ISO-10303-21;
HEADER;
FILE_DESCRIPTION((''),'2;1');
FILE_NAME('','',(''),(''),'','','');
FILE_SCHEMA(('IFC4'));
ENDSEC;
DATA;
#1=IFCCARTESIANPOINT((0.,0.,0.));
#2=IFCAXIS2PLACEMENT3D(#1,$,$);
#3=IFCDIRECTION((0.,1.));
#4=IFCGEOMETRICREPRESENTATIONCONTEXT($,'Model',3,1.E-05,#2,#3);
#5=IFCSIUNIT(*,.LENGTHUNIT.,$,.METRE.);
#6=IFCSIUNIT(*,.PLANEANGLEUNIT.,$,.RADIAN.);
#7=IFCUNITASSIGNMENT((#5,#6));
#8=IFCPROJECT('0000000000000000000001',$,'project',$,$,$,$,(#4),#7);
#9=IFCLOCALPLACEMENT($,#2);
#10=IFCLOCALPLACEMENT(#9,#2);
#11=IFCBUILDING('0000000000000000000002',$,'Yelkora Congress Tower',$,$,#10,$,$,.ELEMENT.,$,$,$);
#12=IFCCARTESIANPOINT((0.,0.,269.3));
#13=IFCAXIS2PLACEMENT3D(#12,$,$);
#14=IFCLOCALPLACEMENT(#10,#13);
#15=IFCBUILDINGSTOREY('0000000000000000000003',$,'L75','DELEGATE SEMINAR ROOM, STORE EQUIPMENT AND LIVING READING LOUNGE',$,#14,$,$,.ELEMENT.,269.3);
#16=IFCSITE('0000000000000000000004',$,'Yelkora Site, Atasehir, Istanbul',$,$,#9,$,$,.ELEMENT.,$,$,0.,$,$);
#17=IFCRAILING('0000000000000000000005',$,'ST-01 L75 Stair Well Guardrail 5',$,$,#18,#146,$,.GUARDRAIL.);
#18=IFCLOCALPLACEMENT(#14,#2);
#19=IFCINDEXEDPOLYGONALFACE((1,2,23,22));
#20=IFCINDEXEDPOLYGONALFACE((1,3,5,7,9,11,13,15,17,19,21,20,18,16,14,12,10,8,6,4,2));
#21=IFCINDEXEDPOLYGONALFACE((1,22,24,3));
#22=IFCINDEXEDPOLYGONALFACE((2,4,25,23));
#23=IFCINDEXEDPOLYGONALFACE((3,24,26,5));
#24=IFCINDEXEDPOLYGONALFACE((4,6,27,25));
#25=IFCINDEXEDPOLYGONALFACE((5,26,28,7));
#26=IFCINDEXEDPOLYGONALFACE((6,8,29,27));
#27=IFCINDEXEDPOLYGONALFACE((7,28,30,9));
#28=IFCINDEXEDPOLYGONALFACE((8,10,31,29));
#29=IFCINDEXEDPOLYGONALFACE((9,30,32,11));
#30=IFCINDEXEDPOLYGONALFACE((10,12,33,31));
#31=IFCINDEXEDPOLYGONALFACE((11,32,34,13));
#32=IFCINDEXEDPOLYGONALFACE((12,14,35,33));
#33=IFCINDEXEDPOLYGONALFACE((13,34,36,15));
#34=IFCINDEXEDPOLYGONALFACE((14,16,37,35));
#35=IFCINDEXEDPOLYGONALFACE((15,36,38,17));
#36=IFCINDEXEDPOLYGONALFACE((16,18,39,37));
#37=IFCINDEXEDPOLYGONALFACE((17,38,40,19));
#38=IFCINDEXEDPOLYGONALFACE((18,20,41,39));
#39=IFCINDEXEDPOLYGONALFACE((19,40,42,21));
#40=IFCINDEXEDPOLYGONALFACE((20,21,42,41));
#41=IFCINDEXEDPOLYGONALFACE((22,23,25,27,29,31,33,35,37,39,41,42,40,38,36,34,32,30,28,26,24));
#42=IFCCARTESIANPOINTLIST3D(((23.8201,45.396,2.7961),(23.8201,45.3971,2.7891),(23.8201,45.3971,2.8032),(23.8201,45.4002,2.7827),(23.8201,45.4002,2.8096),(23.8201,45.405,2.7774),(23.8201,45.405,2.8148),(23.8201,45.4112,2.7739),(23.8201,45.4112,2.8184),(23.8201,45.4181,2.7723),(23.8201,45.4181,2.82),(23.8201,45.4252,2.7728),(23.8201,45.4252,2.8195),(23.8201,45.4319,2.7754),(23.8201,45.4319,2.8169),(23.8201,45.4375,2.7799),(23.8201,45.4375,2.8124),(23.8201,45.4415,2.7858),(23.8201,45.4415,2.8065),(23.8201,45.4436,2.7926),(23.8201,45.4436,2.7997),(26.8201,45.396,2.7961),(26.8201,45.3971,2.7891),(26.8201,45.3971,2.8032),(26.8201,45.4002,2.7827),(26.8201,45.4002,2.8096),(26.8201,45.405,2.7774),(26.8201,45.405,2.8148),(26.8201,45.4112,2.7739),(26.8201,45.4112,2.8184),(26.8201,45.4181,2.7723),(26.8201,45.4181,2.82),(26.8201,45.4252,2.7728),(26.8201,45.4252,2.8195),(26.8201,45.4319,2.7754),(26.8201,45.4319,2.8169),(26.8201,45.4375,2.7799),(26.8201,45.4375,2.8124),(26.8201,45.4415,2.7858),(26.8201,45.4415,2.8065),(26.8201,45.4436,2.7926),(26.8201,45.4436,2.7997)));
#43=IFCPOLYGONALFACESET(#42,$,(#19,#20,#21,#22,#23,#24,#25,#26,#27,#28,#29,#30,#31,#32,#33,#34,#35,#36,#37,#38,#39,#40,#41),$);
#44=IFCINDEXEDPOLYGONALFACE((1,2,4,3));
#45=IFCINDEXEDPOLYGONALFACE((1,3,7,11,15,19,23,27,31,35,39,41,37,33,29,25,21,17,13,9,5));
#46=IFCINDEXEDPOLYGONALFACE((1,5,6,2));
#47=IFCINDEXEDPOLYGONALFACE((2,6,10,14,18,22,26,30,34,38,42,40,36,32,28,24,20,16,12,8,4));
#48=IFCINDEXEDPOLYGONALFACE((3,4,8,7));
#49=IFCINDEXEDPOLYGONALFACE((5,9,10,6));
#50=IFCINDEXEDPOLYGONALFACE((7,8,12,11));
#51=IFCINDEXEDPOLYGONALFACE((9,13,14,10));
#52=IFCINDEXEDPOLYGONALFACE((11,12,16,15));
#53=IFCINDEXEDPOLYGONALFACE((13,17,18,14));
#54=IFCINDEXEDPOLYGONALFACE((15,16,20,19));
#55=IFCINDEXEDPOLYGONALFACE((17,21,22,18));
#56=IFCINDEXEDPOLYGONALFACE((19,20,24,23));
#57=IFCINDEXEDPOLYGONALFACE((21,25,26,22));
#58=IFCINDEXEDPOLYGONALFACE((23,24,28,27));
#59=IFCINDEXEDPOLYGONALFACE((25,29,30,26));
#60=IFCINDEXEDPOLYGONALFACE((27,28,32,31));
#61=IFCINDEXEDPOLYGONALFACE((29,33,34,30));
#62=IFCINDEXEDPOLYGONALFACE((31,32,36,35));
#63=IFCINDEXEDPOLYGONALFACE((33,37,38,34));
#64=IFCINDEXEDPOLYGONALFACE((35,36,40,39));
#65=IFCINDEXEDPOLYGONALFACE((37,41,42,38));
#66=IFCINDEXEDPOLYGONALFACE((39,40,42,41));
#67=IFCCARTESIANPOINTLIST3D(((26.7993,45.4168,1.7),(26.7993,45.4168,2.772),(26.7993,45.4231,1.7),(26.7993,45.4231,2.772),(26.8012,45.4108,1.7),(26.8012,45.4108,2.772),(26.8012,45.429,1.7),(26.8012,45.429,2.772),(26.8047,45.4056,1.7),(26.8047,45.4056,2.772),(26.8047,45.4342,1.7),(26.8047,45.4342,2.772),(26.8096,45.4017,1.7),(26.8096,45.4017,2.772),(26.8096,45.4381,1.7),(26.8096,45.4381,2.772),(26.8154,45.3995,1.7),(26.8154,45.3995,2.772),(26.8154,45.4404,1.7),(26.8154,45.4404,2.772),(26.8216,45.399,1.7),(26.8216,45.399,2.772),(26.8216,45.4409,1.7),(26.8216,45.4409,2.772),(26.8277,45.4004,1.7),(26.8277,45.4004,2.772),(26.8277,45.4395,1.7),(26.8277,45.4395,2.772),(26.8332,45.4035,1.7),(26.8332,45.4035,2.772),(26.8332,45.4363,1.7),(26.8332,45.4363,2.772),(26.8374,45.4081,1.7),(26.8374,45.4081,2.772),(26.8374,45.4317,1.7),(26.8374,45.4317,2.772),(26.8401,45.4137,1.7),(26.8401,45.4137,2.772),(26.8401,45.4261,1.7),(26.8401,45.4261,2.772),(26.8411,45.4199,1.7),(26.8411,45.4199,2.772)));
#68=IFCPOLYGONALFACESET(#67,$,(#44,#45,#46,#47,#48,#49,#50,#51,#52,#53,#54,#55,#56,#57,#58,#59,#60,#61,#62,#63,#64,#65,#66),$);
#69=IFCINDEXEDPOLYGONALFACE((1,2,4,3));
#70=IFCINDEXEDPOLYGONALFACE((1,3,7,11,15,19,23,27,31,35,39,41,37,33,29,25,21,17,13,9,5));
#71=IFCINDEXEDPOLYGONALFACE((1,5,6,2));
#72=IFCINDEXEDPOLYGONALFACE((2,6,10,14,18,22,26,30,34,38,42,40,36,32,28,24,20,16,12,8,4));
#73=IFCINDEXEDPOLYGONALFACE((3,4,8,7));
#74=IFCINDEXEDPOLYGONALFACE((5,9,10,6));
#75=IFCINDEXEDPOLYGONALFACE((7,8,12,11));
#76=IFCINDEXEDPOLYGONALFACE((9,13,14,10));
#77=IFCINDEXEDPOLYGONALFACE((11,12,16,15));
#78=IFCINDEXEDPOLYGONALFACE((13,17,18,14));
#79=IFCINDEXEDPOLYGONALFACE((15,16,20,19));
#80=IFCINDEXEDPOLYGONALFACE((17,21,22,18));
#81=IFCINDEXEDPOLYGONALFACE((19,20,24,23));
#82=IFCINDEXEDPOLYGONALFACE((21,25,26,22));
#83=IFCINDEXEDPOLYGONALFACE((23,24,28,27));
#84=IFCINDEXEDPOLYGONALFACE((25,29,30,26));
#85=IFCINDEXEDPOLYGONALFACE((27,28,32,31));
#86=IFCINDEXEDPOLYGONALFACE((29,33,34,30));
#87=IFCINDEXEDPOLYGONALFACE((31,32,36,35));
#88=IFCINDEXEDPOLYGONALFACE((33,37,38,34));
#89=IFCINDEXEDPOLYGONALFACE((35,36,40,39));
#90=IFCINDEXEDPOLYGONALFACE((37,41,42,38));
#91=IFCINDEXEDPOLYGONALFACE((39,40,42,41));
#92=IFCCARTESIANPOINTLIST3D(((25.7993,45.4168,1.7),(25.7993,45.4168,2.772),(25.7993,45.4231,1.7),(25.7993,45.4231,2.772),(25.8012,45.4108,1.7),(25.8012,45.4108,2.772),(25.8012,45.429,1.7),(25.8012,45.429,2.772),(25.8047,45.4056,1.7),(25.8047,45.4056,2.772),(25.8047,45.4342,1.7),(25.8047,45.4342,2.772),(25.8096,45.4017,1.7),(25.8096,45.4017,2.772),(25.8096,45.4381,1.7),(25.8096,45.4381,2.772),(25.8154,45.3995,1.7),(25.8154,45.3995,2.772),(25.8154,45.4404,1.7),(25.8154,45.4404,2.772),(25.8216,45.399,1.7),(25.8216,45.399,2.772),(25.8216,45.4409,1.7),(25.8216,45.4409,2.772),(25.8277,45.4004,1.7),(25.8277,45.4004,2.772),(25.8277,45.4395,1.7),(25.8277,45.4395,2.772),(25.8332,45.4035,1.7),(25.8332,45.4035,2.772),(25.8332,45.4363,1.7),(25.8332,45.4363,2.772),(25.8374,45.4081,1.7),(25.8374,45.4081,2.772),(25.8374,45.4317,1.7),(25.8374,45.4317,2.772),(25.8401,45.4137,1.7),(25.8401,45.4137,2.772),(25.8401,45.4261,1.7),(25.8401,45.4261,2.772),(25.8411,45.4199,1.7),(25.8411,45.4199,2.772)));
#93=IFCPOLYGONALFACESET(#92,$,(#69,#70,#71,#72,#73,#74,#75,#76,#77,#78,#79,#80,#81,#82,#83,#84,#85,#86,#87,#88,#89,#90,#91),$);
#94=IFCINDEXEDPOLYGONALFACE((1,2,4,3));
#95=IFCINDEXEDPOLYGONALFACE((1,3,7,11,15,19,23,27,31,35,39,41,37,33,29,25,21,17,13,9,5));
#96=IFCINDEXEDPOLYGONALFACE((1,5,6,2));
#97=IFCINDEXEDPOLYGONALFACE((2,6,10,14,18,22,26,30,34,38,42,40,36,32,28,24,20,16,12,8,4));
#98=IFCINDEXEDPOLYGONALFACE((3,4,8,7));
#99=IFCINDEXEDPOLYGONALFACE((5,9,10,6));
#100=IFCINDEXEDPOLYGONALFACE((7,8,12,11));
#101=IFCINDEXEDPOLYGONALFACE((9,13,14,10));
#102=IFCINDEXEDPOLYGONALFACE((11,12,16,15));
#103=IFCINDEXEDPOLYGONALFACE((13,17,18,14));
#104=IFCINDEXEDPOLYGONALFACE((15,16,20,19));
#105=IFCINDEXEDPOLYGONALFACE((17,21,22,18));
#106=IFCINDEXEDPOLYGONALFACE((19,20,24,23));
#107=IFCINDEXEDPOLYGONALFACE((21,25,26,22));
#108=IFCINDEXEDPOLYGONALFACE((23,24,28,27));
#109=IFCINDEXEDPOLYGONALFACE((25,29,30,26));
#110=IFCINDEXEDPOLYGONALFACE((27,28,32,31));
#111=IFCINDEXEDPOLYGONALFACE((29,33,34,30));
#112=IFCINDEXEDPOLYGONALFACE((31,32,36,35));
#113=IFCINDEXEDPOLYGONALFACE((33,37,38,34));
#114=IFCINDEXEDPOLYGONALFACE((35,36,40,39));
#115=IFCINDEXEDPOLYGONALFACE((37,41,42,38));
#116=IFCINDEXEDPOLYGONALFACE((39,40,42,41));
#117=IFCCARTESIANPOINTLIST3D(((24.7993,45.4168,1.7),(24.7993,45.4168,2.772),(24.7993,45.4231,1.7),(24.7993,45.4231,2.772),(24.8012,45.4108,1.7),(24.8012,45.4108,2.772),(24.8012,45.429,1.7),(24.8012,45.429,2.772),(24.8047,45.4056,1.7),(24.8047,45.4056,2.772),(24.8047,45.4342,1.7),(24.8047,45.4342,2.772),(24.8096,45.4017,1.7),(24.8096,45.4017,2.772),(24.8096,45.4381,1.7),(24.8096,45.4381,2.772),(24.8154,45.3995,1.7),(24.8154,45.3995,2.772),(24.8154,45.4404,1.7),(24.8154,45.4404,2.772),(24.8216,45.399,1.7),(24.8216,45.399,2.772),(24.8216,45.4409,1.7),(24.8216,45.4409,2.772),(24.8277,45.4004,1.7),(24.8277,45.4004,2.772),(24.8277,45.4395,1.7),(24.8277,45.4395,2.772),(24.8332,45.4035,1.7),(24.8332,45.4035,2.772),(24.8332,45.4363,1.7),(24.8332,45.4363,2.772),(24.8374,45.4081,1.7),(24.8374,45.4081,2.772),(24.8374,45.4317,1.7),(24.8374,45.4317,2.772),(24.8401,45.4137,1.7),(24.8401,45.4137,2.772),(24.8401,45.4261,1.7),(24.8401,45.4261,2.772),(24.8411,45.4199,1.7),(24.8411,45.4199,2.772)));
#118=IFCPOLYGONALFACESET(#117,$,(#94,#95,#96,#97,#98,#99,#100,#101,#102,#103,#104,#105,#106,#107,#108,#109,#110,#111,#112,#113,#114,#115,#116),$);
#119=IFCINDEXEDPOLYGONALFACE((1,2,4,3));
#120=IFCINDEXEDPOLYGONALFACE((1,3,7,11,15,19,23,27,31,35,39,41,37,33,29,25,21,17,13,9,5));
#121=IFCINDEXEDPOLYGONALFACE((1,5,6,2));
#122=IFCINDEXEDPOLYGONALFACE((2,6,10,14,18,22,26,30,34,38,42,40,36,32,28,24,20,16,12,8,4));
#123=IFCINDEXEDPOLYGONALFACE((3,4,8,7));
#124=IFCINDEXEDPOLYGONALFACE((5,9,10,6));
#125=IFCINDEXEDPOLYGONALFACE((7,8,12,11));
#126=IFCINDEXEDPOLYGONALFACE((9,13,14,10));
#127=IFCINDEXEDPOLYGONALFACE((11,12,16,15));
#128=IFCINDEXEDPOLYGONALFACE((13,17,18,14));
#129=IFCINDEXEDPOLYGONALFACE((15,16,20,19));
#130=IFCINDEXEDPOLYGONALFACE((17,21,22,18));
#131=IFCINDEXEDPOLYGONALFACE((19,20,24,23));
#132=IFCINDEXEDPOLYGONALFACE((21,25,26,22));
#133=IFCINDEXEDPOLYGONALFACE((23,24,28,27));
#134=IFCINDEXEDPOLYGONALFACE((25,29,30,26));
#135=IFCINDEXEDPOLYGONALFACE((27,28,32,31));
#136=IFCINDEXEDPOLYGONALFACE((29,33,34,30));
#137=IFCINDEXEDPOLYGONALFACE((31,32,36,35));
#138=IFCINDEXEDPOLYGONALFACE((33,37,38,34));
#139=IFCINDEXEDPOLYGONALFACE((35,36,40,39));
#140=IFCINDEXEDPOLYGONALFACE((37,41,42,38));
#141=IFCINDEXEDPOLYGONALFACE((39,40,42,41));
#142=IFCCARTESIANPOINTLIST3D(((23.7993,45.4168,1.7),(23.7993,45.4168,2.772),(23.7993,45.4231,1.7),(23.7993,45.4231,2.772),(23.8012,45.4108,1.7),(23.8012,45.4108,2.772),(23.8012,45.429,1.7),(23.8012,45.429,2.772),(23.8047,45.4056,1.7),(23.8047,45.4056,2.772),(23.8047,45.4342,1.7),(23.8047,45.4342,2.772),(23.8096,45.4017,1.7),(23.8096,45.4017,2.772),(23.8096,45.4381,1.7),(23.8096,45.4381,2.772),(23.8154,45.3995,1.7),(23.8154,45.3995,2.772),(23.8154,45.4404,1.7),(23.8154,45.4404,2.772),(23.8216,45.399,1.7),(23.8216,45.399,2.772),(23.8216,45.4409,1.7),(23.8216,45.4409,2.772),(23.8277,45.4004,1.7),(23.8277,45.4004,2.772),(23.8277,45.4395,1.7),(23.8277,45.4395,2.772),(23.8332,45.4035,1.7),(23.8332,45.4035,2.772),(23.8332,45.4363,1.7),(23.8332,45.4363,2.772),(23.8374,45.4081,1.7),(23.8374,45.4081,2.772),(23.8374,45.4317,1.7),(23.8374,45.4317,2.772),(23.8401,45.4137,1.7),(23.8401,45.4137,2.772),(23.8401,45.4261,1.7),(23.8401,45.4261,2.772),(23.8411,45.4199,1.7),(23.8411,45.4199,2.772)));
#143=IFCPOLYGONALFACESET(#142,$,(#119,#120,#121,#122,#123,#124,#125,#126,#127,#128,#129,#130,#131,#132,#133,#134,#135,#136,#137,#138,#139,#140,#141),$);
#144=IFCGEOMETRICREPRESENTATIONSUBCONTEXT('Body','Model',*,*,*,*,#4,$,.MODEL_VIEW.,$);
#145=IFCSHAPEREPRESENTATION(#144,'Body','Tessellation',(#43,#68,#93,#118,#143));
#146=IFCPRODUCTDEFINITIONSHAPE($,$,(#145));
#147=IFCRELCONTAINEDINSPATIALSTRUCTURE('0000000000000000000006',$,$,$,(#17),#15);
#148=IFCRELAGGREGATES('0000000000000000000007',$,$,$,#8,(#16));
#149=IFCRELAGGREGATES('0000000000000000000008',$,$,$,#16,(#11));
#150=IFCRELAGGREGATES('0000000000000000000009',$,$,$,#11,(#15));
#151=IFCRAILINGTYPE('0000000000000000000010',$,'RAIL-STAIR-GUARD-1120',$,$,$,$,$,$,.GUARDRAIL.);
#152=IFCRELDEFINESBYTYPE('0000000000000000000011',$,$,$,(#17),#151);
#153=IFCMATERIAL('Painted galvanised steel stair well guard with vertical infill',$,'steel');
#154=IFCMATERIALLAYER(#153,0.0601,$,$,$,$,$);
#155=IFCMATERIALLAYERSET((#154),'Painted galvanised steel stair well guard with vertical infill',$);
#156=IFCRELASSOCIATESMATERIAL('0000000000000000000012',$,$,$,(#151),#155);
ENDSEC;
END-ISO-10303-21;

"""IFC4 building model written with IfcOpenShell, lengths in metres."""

from ifc_helpers import new_model, si_unit, direction, frame, origin, origin_2d, place, context, subcontext, project, spatial, circle, extrude, material, layer, layer_set, type_object, element, save


model = new_model("IFC4")

# Units and contexts
model_context = context("Model", 3, precision=1e-05, world=origin(), true_north=direction((0.0, 1.0)))
body_context = subcontext(model_context, "Body", "Model", "MODEL_VIEW")
ifc_project = project(units=[si_unit("LENGTHUNIT", "METRE"), si_unit("PLANEANGLEUNIT", "RADIAN")], contexts=[model_context])

# Site, building, storey
site_placement = place(None, origin())
site = spatial("IfcSite", under=ifc_project, at=site_placement, Name="Yelkora Site, Atasehir, Istanbul", CompositionType="ELEMENT", RefElevation=0.0)
building_placement = place(site_placement, origin())
building = spatial("IfcBuilding", under=site, at=building_placement, Name="Yelkora Congress Tower", CompositionType="ELEMENT")
storey_placement = place(building_placement, frame((0.0, 0.0, 269.3)))
storey = spatial("IfcBuildingStorey", under=building, at=storey_placement, Name="L75", Description="DELEGATE SEMINAR ROOM, STORE EQUIPMENT AND LIVING READING LOUNGE", CompositionType="ELEMENT", Elevation=269.3)

# Railing
ifc_material_1 = material(Name="Painted galvanised steel stair well guard with vertical infill", Category="steel")
ifc_layer_1 = layer(ifc_material_1, 0.0601)
ifc_layer_set_1 = layer_set([ifc_layer_1], Name="Painted galvanised steel stair well guard with vertical infill")
railing_type = type_object("IfcRailingType", Name="RAIL-STAIR-GUARD-1120", PredefinedType="GUARDRAIL", material=ifc_layer_set_1)
railing_1_placement = place(storey_placement, frame((26.8201, 45.4199, 1.7)))
element("IfcRailing", 1, at=railing_1_placement, inside=storey, type_object=railing_type, Name="ST-01 L75 Stair Well Guardrail 5", PredefinedType="GUARDRAIL", context=body_context, shape_type="SweptSolid", body=[
    extrude(circle(Radius=0.0239, at=origin_2d()), frame((0.0, 0.0, 1.0962), z_axis=(-1.0, 0.0, 0.0), x_axis=(0.0, -1.0, 0.0)), (0.0, 0.0, 1.0), 3.0),
    extrude(circle(Radius=0.021, at=origin_2d()), origin(), (0.0, 0.0, 1.0), 1.072),
    extrude(circle(Radius=0.021, at=origin_2d()), frame((-1.0, 0.0, 0.0)), (0.0, 0.0, 1.0), 1.072),
    extrude(circle(Radius=0.021, at=origin_2d()), frame((-2.0, 0.0, 0.0)), (0.0, 0.0, 1.0), 1.072),
    extrude(circle(Radius=0.021, at=origin_2d()), frame((-3.0, 0.0, 0.0)), (0.0, 0.0, 1.0), 1.072),
])

save(model, "model.ifc")
